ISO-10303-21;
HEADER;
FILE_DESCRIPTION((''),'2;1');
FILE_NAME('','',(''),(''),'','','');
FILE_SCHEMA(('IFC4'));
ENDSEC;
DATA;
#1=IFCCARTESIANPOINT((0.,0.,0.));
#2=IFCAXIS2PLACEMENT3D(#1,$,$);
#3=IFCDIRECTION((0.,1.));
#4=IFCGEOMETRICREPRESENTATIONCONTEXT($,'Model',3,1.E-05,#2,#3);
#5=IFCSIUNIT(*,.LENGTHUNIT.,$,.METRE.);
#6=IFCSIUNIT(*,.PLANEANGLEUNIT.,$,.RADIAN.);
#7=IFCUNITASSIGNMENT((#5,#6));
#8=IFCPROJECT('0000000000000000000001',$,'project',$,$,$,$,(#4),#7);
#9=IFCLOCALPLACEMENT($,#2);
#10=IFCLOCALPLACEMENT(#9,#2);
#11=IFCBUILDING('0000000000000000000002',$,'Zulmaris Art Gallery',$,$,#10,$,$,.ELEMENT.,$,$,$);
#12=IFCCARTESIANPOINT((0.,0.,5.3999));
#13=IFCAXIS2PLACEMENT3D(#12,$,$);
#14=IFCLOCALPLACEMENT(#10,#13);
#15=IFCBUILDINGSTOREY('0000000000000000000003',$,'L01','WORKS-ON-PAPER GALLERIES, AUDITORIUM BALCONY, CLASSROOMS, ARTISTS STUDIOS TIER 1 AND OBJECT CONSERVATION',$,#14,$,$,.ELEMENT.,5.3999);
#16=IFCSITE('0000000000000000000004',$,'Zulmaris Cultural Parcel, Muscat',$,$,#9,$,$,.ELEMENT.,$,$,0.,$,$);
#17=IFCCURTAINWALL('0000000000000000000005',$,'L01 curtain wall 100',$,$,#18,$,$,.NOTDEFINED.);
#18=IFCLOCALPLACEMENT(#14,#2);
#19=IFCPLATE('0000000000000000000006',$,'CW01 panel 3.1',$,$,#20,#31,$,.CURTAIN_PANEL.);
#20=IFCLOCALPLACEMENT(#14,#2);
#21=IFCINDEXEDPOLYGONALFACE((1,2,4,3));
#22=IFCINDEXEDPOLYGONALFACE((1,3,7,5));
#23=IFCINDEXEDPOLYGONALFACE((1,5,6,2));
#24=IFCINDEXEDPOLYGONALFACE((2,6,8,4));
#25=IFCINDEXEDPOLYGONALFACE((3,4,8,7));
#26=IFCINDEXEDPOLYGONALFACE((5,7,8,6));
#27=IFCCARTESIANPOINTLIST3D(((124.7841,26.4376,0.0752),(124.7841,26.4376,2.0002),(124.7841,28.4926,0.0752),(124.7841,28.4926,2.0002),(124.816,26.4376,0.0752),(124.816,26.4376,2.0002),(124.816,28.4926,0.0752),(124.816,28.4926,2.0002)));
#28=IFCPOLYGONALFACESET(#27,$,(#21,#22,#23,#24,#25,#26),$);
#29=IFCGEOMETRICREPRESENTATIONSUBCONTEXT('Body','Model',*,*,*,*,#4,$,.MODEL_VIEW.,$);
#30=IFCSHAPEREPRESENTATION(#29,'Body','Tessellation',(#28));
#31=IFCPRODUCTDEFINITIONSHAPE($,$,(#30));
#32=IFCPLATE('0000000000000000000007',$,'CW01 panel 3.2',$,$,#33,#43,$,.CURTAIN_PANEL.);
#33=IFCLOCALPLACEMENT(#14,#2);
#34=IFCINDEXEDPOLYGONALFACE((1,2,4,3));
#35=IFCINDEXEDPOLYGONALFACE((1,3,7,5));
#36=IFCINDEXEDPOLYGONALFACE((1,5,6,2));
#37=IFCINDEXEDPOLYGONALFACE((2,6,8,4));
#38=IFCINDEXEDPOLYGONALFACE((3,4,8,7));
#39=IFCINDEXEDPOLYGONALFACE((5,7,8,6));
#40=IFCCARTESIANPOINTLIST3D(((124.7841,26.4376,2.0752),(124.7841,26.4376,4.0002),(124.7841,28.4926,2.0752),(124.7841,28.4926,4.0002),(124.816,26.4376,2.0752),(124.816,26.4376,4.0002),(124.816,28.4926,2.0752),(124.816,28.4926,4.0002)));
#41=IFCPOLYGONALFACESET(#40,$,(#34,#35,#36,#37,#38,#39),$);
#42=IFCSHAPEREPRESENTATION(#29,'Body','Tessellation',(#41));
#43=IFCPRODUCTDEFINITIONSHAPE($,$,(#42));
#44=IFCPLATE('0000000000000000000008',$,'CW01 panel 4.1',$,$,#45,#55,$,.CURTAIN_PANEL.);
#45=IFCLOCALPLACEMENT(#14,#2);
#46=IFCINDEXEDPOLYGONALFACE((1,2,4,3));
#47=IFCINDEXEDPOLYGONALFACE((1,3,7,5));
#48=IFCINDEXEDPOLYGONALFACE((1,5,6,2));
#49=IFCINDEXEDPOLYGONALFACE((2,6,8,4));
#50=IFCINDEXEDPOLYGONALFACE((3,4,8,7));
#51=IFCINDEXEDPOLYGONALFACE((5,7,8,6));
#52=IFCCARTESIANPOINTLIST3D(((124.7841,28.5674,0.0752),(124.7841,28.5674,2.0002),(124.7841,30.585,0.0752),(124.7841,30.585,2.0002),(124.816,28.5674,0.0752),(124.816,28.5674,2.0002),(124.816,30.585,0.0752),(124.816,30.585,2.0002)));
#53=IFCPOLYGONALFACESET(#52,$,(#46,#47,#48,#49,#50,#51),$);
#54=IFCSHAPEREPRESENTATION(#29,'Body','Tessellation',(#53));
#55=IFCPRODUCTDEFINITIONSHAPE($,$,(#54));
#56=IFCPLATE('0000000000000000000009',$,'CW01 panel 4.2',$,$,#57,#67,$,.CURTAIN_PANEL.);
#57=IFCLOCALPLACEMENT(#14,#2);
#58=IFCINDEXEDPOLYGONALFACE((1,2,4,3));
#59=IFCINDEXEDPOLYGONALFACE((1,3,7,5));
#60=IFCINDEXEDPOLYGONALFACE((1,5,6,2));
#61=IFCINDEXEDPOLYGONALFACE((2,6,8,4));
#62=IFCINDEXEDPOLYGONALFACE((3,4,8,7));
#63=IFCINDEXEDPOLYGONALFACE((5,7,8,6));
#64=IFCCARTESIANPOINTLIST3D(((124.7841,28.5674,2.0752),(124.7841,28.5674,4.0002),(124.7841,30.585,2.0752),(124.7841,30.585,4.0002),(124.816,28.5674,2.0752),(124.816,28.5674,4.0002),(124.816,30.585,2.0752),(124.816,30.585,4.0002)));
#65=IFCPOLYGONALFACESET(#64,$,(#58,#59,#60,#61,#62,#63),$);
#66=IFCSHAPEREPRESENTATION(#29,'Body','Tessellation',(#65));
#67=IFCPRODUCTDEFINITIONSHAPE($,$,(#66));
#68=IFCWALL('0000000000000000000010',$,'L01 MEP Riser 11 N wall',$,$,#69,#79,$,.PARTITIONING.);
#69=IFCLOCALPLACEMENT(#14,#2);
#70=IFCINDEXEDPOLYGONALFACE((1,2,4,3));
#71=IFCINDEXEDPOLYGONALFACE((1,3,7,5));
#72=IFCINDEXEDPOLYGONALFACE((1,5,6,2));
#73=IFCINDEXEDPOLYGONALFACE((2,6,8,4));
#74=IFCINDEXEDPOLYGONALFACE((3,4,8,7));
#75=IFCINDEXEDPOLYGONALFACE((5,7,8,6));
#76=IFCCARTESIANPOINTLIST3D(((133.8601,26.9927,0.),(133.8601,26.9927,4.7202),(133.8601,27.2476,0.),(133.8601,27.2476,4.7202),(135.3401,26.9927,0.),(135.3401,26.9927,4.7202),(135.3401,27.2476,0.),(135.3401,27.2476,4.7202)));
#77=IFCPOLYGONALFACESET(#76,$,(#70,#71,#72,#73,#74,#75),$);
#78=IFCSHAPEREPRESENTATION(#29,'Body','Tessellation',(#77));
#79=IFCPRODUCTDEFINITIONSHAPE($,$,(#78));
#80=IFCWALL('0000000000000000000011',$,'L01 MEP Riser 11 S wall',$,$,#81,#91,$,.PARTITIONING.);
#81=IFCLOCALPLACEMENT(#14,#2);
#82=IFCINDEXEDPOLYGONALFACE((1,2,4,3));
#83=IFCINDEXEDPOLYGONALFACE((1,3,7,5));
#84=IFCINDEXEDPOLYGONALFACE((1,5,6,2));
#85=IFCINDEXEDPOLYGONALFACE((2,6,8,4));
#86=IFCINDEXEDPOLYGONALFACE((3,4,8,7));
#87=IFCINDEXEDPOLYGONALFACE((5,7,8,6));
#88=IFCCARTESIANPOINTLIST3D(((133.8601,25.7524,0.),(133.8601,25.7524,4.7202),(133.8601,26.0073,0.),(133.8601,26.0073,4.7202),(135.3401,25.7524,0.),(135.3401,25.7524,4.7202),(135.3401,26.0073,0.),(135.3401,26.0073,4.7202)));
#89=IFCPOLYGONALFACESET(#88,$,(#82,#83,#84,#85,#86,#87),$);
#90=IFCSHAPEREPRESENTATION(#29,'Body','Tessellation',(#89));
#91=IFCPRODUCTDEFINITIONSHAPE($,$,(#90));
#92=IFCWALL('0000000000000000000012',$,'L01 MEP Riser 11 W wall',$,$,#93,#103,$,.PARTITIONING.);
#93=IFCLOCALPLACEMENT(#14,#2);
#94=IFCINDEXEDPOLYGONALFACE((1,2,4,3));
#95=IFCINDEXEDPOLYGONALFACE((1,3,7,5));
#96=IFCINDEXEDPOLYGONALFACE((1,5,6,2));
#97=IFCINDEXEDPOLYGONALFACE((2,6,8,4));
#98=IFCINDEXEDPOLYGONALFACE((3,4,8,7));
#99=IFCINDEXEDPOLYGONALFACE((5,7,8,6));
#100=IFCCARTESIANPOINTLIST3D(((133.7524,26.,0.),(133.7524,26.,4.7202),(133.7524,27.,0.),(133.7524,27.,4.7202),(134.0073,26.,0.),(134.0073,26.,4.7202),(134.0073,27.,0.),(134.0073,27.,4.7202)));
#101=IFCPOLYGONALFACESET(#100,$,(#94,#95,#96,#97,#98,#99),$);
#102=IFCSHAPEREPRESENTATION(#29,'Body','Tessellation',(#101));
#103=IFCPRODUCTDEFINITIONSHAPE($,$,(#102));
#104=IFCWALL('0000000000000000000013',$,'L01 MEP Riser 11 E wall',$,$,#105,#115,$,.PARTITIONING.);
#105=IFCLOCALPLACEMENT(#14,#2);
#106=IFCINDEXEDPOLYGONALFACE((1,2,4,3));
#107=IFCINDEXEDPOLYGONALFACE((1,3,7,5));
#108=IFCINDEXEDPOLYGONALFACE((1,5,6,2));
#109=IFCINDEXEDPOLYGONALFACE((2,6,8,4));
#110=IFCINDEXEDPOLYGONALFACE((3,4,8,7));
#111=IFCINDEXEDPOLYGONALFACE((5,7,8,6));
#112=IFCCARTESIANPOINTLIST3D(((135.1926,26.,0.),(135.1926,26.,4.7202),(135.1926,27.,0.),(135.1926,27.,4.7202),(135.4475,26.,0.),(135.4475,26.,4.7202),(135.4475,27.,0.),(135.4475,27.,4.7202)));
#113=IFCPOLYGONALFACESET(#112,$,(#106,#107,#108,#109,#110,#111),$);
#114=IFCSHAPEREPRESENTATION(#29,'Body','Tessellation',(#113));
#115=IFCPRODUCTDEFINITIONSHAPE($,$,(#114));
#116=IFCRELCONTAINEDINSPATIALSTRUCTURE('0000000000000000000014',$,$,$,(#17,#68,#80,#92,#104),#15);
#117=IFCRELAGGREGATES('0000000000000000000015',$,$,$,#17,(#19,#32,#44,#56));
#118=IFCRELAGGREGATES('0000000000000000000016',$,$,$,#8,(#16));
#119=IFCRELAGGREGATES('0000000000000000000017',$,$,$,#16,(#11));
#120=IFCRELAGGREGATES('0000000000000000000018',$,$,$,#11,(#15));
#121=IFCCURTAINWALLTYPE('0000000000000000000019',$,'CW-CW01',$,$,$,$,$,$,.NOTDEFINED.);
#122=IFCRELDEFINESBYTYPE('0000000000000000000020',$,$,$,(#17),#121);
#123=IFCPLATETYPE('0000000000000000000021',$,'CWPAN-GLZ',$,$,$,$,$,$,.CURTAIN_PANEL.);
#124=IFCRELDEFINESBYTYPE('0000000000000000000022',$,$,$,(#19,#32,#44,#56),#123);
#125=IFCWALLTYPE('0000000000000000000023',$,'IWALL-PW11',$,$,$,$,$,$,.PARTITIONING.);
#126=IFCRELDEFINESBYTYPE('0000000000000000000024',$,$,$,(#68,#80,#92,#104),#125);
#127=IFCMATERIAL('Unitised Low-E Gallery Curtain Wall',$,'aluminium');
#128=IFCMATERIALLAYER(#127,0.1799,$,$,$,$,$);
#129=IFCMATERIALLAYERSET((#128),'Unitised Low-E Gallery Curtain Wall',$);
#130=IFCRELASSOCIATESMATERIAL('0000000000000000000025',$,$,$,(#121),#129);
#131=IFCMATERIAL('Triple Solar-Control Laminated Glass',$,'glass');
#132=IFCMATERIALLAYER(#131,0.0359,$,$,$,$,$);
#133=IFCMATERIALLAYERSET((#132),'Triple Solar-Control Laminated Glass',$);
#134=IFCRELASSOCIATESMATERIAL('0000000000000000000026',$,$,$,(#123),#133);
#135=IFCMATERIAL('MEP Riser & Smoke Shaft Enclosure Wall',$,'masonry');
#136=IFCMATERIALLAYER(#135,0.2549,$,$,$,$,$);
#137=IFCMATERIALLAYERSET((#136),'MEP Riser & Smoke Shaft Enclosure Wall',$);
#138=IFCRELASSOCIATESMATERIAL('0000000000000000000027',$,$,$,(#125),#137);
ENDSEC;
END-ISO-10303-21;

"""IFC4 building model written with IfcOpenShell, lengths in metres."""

from ifc_helpers import new_model, si_unit, direction, frame, frame_2d, origin, origin_2d, place, context, subcontext, project, spatial, rectangle, extrude, material, layer, layer_set, type_object, element, aggregate, save


model = new_model("IFC4")

# Units and contexts
model_context = context("Model", 3, precision=1e-05, world=origin(), true_north=direction((0.0, 1.0)))
body_context = subcontext(model_context, "Body", "Model", "MODEL_VIEW")
ifc_project = project(units=[si_unit("LENGTHUNIT", "METRE"), si_unit("PLANEANGLEUNIT", "RADIAN")], contexts=[model_context])

# Site, building, storey
site_placement = place(None, origin())
site = spatial("IfcSite", under=ifc_project, at=site_placement, Name="Zulmaris Cultural Parcel, Muscat", CompositionType="ELEMENT", RefElevation=0.0)
building_placement = place(site_placement, origin())
building = spatial("IfcBuilding", under=site, at=building_placement, Name="Zulmaris Art Gallery", CompositionType="ELEMENT")
storey_placement = place(building_placement, frame((0.0, 0.0, 5.3999)))
storey = spatial("IfcBuildingStorey", under=building, at=storey_placement, Name="L01", Description="WORKS-ON-PAPER GALLERIES, AUDITORIUM BALCONY, CLASSROOMS, ARTISTS STUDIOS TIER 1 AND OBJECT CONSERVATION", CompositionType="ELEMENT", Elevation=5.3999)

# Curtain wall, plates
ifc_material_1 = material(Name="Unitised Low-E Gallery Curtain Wall", Category="aluminium")
ifc_layer_1 = layer(ifc_material_1, 0.1799)
ifc_layer_set_1 = layer_set([ifc_layer_1], Name="Unitised Low-E Gallery Curtain Wall")
curtain_wall_type = type_object("IfcCurtainWallType", Name="CW-CW01", PredefinedType="NOTDEFINED", material=ifc_layer_set_1)
curtain_wall_placement = place(storey_placement, origin())
curtain_wall = element("IfcCurtainWall", 1, at=curtain_wall_placement, inside=storey, type_object=curtain_wall_type, Name="L01 curtain wall 100", PredefinedType="NOTDEFINED")
ifc_material_2 = material(Name="Triple Solar-Control Laminated Glass", Category="glass")
ifc_layer_2 = layer(ifc_material_2, 0.0359)
ifc_layer_set_2 = layer_set([ifc_layer_2], Name="Triple Solar-Control Laminated Glass")
plate_type = type_object("IfcPlateType", Name="CWPAN-GLZ", PredefinedType="CURTAIN_PANEL", material=ifc_layer_set_2)
plate_1_placement = place(storey_placement, frame((124.8, 27.4651, 0.0752), z_axis=(0.0, 0.0, 1.0), x_axis=(0.0, 1.0, 0.0)))
plate_1 = element("IfcPlate", 2, at=plate_1_placement, type_object=plate_type, Name="CW01 panel 3.1", PredefinedType="CURTAIN_PANEL", context=body_context, shape_type="SweptSolid", body=[
    extrude(rectangle(XDim=2.0549, YDim=0.032, at=origin_2d()), origin(), (0.0, 0.0, 1.0), 1.925),
])
plate_2_placement = place(storey_placement, frame((124.8, 27.4651, 2.0752), z_axis=(0.0, 0.0, 1.0), x_axis=(0.0, 1.0, 0.0)))
plate_2 = element("IfcPlate", 3, at=plate_2_placement, type_object=plate_type, Name="CW01 panel 3.2", PredefinedType="CURTAIN_PANEL", context=body_context, shape_type="SweptSolid", body=[
    extrude(rectangle(XDim=2.0549, YDim=0.032, at=origin_2d()), origin(), (0.0, 0.0, 1.0), 1.925),
])
plate_3_placement = place(storey_placement, frame((124.8, 29.5762, 0.0752), z_axis=(0.0, 0.0, 1.0), x_axis=(0.0, 1.0, 0.0)))
plate_3 = element("IfcPlate", 4, at=plate_3_placement, type_object=plate_type, Name="CW01 panel 4.1", PredefinedType="CURTAIN_PANEL", context=body_context, shape_type="SweptSolid", body=[
    extrude(rectangle(XDim=2.0176, YDim=0.032, at=origin_2d()), origin(), (0.0, 0.0, 1.0), 1.925),
])
plate_4_placement = place(storey_placement, frame((124.8, 29.5762, 2.0752), z_axis=(0.0, 0.0, 1.0), x_axis=(0.0, 1.0, 0.0)))
plate_4 = element("IfcPlate", 5, at=plate_4_placement, type_object=plate_type, Name="CW01 panel 4.2", PredefinedType="CURTAIN_PANEL", context=body_context, shape_type="SweptSolid", body=[
    extrude(rectangle(XDim=2.0176, YDim=0.032, at=origin_2d()), origin(), (0.0, 0.0, 1.0), 1.925),
])
aggregate(curtain_wall, [plate_1, plate_2, plate_3, plate_4])

# Walls
ifc_material_3 = material(Name="MEP Riser & Smoke Shaft Enclosure Wall", Category="masonry")
ifc_layer_3 = layer(ifc_material_3, 0.2549)
ifc_layer_set_3 = layer_set([ifc_layer_3], Name="MEP Riser & Smoke Shaft Enclosure Wall")
wall_type = type_object("IfcWallType", Name="IWALL-PW11", PredefinedType="PARTITIONING", material=ifc_layer_set_3)
for number, where, z_axis, x_axis, name in (
    (6, (133.8601, 27.1201, 0.0), (0.0, 0.0, 1.0), (1.0, 0.0, 0.0), "L01 MEP Riser 11 N wall"),
    (7, (133.8601, 25.8799, 0.0), (0.0, 0.0, 1.0), (1.0, 0.0, 0.0), "L01 MEP Riser 11 S wall"),
):
    element("IfcWall", number, at=place(storey_placement, frame(where, z_axis=z_axis, x_axis=x_axis)), inside=storey, type_object=wall_type, Name=name, PredefinedType="PARTITIONING", context=body_context, shape_type="SweptSolid", body=[
        extrude(rectangle(XDim=1.48, YDim=0.2549, at=frame_2d((0.74, 0.0))), origin(), (0.0, 0.0, 1.0), 4.7202),
    ])
for number, where, z_axis, x_axis, name in (
    (8, (133.8799, 26.0, 0.0), (0.0, 0.0, 1.0), (0.0, 1.0, 0.0), "L01 MEP Riser 11 W wall"),
    (9, (135.3201, 26.0, 0.0), (0.0, 0.0, 1.0), (0.0, 1.0, 0.0), "L01 MEP Riser 11 E wall"),
):
    element("IfcWall", number, at=place(storey_placement, frame(where, z_axis=z_axis, x_axis=x_axis)), inside=storey, type_object=wall_type, Name=name, PredefinedType="PARTITIONING", context=body_context, shape_type="SweptSolid", body=[
        extrude(rectangle(XDim=1.0, YDim=0.2549, at=frame_2d((0.5, 0.0))), origin(), (0.0, 0.0, 1.0), 4.7202),
    ])

save(model, "model.ifc")
